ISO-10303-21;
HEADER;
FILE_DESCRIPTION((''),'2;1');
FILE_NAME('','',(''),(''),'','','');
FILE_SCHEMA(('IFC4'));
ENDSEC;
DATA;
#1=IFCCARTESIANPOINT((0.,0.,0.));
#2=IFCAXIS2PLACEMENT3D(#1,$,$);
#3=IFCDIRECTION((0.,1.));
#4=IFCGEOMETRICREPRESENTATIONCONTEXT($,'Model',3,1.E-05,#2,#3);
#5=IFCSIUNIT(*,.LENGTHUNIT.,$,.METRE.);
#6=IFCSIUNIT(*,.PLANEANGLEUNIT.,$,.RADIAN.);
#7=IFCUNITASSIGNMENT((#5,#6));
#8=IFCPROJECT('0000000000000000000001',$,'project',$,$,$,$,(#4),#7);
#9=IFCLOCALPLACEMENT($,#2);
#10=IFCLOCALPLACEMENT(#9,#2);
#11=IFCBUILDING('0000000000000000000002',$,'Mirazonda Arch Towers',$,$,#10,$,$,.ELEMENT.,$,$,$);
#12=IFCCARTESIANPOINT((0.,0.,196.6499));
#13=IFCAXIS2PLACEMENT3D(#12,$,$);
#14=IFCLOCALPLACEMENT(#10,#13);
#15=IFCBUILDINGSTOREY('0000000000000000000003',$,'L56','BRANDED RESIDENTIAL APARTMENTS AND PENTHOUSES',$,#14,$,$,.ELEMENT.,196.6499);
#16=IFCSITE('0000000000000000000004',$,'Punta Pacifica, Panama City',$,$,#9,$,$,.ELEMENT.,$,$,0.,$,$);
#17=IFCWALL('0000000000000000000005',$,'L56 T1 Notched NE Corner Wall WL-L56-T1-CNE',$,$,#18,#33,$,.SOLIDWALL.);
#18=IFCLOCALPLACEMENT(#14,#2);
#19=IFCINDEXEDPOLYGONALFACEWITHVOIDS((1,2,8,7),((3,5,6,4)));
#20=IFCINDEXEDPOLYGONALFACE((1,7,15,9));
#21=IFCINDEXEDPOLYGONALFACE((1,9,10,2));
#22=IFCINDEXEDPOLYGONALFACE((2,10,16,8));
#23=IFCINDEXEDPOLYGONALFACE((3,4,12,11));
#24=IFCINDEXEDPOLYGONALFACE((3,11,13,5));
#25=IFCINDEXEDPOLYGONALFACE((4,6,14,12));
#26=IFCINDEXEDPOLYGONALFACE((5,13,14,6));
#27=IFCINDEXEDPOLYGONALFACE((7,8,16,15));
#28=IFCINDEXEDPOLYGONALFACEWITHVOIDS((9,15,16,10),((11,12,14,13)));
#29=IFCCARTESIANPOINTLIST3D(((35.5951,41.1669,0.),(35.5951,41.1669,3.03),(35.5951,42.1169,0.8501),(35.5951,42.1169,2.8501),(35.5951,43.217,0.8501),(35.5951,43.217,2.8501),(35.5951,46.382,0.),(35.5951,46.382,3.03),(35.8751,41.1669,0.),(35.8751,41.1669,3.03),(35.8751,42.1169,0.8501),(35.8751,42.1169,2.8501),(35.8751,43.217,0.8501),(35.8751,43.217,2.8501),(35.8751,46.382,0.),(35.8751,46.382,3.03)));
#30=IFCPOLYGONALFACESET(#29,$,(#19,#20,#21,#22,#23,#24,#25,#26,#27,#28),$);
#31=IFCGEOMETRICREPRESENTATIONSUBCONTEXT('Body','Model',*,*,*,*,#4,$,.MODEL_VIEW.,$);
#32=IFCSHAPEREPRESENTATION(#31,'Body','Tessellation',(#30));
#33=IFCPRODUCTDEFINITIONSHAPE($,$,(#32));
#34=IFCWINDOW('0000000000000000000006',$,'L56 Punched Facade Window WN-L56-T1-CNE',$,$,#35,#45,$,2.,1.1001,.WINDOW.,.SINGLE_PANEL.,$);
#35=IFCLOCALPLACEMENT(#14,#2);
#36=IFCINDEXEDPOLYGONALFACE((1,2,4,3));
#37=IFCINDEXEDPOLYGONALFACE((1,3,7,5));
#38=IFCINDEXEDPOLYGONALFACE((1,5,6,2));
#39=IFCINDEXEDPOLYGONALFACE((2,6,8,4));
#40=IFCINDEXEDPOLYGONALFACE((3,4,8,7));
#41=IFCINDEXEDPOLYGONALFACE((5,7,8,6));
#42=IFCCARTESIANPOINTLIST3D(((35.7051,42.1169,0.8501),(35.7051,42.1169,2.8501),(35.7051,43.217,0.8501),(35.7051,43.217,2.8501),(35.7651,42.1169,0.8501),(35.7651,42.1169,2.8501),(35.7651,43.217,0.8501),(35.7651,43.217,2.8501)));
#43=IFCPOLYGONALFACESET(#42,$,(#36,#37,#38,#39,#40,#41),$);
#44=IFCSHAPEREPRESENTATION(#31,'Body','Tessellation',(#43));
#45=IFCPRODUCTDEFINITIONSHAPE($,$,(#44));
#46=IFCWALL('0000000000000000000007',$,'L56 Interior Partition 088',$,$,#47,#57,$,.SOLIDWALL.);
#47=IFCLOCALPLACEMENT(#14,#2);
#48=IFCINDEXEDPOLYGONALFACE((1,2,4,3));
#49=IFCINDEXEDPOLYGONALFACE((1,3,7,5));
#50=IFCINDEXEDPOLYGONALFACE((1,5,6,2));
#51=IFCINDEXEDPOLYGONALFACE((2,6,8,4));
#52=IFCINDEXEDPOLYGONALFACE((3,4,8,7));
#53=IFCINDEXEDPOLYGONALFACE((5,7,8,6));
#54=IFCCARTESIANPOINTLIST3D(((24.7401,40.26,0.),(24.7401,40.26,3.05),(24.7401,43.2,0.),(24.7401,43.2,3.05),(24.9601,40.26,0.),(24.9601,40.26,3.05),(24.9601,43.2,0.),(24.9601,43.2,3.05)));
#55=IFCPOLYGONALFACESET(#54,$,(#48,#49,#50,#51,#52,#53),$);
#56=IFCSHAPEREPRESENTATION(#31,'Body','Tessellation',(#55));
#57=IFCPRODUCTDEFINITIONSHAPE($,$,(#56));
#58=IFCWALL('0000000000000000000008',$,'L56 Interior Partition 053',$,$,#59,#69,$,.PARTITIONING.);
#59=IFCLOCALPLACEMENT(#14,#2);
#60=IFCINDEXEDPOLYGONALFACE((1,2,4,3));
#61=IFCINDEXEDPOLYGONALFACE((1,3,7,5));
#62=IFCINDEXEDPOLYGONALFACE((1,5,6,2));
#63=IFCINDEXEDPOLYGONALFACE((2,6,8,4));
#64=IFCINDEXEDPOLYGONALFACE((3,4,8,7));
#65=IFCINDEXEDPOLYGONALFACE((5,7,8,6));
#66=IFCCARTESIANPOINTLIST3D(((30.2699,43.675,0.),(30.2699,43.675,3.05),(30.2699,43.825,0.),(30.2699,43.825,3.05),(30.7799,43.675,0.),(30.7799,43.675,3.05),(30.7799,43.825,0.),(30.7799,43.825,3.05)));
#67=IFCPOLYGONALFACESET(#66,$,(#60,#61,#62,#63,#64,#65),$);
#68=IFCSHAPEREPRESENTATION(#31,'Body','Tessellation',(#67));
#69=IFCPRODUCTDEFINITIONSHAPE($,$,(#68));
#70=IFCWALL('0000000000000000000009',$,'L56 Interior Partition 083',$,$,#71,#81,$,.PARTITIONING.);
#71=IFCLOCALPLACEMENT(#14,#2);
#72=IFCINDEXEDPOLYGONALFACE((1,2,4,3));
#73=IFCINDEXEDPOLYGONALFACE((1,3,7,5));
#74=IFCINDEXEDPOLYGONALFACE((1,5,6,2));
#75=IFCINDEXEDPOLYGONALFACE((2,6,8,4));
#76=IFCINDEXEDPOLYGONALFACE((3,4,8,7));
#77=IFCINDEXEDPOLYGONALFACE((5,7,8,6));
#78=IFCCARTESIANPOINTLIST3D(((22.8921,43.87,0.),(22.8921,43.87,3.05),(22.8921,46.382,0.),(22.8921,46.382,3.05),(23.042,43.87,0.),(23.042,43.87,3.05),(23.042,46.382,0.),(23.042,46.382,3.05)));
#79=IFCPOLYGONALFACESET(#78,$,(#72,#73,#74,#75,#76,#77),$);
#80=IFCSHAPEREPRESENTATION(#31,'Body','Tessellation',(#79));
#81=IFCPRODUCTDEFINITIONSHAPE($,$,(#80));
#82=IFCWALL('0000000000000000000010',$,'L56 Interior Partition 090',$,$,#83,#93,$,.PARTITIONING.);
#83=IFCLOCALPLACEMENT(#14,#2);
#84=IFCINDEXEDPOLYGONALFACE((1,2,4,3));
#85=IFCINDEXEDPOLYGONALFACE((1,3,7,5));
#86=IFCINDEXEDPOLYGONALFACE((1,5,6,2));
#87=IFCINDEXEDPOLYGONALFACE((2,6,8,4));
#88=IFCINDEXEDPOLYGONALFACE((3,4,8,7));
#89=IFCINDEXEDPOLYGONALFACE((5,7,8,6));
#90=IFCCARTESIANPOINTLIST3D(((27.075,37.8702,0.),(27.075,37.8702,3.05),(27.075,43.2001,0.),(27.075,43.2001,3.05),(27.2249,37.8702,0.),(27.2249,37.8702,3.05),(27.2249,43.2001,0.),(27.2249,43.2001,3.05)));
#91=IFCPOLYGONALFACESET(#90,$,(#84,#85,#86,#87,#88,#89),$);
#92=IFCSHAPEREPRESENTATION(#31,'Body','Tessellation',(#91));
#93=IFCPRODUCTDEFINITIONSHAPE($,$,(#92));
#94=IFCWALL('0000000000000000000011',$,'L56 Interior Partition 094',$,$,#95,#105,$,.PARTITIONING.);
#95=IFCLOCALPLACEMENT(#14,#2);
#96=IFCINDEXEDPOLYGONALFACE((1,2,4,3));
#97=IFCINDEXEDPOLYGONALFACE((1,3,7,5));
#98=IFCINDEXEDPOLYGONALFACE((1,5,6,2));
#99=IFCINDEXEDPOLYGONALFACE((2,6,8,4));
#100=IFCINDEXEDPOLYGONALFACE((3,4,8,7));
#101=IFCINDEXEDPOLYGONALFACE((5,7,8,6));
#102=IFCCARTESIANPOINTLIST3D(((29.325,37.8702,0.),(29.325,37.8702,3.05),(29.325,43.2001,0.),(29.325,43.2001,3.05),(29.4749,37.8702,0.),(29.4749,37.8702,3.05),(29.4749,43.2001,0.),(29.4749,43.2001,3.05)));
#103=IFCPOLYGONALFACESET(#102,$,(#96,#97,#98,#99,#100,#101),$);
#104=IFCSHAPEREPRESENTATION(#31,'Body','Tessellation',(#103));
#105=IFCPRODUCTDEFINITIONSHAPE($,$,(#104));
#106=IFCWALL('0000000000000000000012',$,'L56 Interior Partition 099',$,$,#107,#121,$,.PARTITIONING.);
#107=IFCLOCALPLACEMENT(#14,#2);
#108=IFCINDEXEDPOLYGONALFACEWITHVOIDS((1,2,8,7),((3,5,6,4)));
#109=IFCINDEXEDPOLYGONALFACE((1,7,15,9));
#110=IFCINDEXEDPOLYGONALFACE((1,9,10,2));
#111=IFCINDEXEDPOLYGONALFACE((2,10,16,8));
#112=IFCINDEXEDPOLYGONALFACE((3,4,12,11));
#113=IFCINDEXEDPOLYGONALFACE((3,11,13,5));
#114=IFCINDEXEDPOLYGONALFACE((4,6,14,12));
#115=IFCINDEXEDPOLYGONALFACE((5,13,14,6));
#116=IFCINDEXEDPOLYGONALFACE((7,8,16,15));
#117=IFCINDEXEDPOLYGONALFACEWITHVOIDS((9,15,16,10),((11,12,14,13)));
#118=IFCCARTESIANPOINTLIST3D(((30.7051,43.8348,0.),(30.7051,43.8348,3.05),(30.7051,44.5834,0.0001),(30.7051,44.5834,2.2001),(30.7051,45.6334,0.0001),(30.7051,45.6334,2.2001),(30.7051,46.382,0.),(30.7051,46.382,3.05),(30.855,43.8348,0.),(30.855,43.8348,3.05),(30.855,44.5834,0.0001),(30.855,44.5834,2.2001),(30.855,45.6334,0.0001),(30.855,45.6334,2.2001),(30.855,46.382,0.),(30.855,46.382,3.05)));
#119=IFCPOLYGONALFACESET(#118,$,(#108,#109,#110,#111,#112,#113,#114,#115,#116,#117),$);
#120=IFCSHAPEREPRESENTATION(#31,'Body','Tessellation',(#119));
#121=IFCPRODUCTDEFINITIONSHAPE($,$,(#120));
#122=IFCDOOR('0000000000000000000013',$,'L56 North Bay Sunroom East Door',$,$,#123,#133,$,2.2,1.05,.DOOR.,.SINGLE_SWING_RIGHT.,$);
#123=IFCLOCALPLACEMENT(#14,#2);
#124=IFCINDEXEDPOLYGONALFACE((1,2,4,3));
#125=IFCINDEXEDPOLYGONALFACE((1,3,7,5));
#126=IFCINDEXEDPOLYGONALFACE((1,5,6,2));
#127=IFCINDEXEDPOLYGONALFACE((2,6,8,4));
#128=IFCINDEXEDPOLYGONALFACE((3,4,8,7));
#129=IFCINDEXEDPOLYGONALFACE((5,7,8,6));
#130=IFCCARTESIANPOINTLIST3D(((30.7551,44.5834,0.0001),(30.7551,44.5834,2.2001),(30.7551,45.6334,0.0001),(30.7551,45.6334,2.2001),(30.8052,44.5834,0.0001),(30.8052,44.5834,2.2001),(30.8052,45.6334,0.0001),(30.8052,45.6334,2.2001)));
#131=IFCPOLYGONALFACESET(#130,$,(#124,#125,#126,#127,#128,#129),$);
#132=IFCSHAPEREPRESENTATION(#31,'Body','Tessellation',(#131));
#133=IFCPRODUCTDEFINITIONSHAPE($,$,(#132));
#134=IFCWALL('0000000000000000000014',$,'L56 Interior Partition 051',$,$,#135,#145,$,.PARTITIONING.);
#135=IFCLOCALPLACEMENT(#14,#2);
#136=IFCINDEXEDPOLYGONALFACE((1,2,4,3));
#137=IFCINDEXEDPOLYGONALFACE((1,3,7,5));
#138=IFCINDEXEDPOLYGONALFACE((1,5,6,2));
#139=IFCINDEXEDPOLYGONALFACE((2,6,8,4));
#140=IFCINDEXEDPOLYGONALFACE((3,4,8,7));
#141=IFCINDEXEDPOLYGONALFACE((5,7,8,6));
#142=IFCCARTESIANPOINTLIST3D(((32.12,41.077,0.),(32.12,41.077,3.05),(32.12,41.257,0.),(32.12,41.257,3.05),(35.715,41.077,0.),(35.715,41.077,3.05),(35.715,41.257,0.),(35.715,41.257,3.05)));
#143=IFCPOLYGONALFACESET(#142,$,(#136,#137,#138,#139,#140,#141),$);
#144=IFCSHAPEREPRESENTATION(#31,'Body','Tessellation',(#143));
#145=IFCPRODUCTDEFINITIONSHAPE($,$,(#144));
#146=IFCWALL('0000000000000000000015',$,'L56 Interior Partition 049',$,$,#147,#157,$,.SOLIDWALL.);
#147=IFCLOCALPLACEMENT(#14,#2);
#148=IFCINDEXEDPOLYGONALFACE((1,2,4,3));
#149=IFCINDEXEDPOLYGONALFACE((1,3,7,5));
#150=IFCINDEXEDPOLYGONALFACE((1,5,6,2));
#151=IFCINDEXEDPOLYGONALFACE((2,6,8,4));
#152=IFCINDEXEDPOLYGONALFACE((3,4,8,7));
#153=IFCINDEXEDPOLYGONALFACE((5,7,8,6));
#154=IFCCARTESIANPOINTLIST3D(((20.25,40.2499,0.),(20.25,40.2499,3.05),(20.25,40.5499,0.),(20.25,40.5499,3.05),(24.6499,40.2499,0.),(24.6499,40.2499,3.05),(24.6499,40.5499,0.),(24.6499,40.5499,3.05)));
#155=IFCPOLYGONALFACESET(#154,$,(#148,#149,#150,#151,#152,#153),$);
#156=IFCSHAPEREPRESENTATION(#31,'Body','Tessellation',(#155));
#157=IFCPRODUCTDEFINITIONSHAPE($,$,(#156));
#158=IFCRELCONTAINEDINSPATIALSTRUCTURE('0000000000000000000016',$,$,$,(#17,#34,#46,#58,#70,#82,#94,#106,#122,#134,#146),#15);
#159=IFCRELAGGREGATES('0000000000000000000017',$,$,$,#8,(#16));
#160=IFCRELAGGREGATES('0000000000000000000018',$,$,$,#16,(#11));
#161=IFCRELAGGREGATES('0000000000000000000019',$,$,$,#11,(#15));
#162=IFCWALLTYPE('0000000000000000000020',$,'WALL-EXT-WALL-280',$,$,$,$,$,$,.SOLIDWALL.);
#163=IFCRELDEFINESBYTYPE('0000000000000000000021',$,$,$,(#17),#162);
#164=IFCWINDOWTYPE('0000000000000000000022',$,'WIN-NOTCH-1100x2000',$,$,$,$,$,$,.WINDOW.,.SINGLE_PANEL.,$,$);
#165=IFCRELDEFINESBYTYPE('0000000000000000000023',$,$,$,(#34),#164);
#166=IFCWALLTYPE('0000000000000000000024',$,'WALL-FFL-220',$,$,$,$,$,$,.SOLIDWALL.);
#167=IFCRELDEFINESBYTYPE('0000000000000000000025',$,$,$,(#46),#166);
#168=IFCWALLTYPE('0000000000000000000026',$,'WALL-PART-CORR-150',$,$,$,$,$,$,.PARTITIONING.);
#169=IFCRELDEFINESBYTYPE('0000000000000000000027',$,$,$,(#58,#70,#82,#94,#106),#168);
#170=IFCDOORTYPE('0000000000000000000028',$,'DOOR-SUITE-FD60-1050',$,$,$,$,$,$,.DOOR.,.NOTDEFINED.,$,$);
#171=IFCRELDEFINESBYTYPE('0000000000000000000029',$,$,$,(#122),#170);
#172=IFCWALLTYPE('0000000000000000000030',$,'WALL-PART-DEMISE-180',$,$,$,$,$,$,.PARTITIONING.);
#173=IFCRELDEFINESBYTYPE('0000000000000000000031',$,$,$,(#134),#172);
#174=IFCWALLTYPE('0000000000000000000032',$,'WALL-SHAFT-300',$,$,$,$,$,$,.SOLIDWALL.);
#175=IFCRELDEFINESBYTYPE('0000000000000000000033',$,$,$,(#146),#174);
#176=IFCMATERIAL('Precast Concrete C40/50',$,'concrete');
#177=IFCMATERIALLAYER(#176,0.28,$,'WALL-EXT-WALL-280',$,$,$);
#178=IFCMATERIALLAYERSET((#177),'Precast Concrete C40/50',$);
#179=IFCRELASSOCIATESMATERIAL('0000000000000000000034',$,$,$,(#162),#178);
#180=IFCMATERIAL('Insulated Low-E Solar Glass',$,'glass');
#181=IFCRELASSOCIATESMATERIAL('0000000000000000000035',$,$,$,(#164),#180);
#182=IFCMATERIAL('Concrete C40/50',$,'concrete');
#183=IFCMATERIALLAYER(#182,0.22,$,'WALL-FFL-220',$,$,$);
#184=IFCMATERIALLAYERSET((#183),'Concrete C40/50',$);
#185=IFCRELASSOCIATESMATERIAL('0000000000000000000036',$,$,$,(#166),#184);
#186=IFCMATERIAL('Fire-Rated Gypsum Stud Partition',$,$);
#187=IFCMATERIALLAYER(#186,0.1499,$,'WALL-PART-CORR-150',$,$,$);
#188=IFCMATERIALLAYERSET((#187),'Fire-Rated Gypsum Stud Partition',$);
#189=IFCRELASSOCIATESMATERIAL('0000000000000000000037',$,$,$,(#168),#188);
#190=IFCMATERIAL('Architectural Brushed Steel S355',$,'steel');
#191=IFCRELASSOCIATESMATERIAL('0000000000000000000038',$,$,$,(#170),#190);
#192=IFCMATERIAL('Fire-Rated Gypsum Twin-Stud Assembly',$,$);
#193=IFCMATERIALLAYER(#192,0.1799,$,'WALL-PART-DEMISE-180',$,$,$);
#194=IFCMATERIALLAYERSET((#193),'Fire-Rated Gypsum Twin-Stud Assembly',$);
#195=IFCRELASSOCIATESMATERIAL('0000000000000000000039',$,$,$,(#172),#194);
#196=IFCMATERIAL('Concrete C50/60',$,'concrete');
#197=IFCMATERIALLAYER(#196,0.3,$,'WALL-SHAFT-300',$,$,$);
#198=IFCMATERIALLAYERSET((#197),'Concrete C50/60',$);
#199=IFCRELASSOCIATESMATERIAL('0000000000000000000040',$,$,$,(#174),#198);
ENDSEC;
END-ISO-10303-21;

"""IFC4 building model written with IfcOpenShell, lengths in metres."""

from ifc_helpers import new_model, si_unit, direction, frame, frame_2d, origin, place, context, subcontext, project, spatial, rectangle, extrude, material, layer, layer_set, type_object, element, fill, save


model = new_model("IFC4")

# Units and contexts
model_context = context("Model", 3, precision=1e-05, world=origin(), true_north=direction((0.0, 1.0)))
body_context = subcontext(model_context, "Body", "Model", "MODEL_VIEW")
ifc_project = project(units=[si_unit("LENGTHUNIT", "METRE"), si_unit("PLANEANGLEUNIT", "RADIAN")], contexts=[model_context])

# Site, building, storey
site_placement = place(None, origin())
site = spatial("IfcSite", under=ifc_project, at=site_placement, Name="Punta Pacifica, Panama City", CompositionType="ELEMENT", RefElevation=0.0)
building_placement = place(site_placement, origin())
building = spatial("IfcBuilding", under=site, at=building_placement, Name="Mirazonda Arch Towers", CompositionType="ELEMENT")
storey_placement = place(building_placement, frame((0.0, 0.0, 196.6499)))
storey = spatial("IfcBuildingStorey", under=building, at=storey_placement, Name="L56", Description="BRANDED RESIDENTIAL APARTMENTS AND PENTHOUSES", CompositionType="ELEMENT", Elevation=196.6499)

# Shared definitions
ifc_material_1 = material(Name="Concrete C50/60", Category="concrete")

# Shared definitions
ifc_material_2 = material(Name="Insulated Low-E Solar Glass", Category="glass")

# Wall, opening, window
ifc_material_3 = material(Name="Precast Concrete C40/50", Category="concrete")
ifc_layer_1 = layer(ifc_material_3, 0.28, Name="WALL-EXT-WALL-280")
ifc_layer_set_1 = layer_set([ifc_layer_1], Name="Precast Concrete C40/50")
wall_type_1 = type_object("IfcWallType", Name="WALL-EXT-WALL-280", PredefinedType="SOLIDWALL", material=ifc_layer_set_1)
wall_1_placement = place(storey_placement, frame((35.7351, 41.167, 0.0), z_axis=(0.0, 0.0, 1.0), x_axis=(0.0, 1.0, 0.0)))
wall_1 = element("IfcWall", 1, at=wall_1_placement, inside=storey, type_object=wall_type_1, Name="L56 T1 Notched NE Corner Wall WL-L56-T1-CNE", PredefinedType="SOLIDWALL", context=body_context, shape_type="SweptSolid", body=[
    extrude(rectangle(XDim=5.2151, YDim=0.28, at=frame_2d((2.6074, 0.0))), origin(), (0.0, 0.0, 1.0), 3.03),
])
opening_1_placement = place(wall_1_placement, frame((0.95, 0.0, 0.8501)))
opening_1 = element("IfcOpeningElement", 2, at=opening_1_placement, cuts=wall_1, PredefinedType="OPENING", context=body_context, shape_type="SweptSolid", body=[
    extrude(rectangle(XDim=1.1001, YDim=2.0, at=frame_2d((0.55, 1.0))), frame((0.0, 0.1499, 0.0), z_axis=(0.0, -1.0, 0.0), x_axis=(1.0, 0.0, 0.0)), (0.0, 0.0, 1.0), 0.3),
])
window_type = type_object("IfcWindowType", Name="WIN-NOTCH-1100x2000", PartitioningType="SINGLE_PANEL", PredefinedType="WINDOW", material=ifc_material_2)
window_placement = place(opening_1_placement, origin())
window = element("IfcWindow", 3, at=window_placement, inside=storey, type_object=window_type, Name="L56 Punched Facade Window WN-L56-T1-CNE", OverallHeight=2.0, OverallWidth=1.1001, PartitioningType="SINGLE_PANEL", PredefinedType="WINDOW", context=body_context, shape_type="SweptSolid", body=[
    extrude(rectangle(XDim=1.1001, YDim=2.0, at=frame_2d((0.55, 1.0))), frame((0.0, 0.03, 0.0), z_axis=(0.0, -1.0, 0.0), x_axis=(1.0, 0.0, 0.0)), (0.0, 0.0, 1.0), 0.0601),
])
fill(opening_1, window)

# Walls
ifc_material_4 = material(Name="Concrete C40/50", Category="concrete")
ifc_layer_2 = layer(ifc_material_4, 0.22, Name="WALL-FFL-220")
ifc_layer_set_2 = layer_set([ifc_layer_2], Name="Concrete C40/50")
wall_type_2 = type_object("IfcWallType", Name="WALL-FFL-220", PredefinedType="SOLIDWALL", material=ifc_layer_set_2)
wall_2_placement = place(storey_placement, frame((24.8501, 40.26, 0.0), z_axis=(0.0, 0.0, 1.0), x_axis=(0.0, 1.0, 0.0)))
element("IfcWall", 4, at=wall_2_placement, inside=storey, type_object=wall_type_2, Name="L56 Interior Partition 088", PredefinedType="SOLIDWALL", context=body_context, shape_type="SweptSolid", body=[
    extrude(rectangle(XDim=2.9399, YDim=0.22, at=frame_2d((1.47, 0.0))), origin(), (0.0, 0.0, 1.0), 3.05),
])
ifc_material_5 = material(Name="Fire-Rated Gypsum Stud Partition")
ifc_layer_3 = layer(ifc_material_5, 0.1499, Name="WALL-PART-CORR-150")
ifc_layer_set_3 = layer_set([ifc_layer_3], Name="Fire-Rated Gypsum Stud Partition")
wall_type_3 = type_object("IfcWallType", Name="WALL-PART-CORR-150", PredefinedType="PARTITIONING", material=ifc_layer_set_3)
wall_3_placement = place(storey_placement, frame((30.27, 43.75, 0.0), z_axis=(0.0, 0.0, 1.0), x_axis=(1.0, 0.0, 0.0)))
element("IfcWall", 5, at=wall_3_placement, inside=storey, type_object=wall_type_3, Name="L56 Interior Partition 053", PredefinedType="PARTITIONING", context=body_context, shape_type="SweptSolid", body=[
    extrude(rectangle(XDim=0.51, YDim=0.1499, at=frame_2d((0.2549, 0.0))), origin(), (0.0, 0.0, 1.0), 3.05),
])
wall_4_placement = place(storey_placement, frame((22.967, 43.8701, 0.0), z_axis=(0.0, 0.0, 1.0), x_axis=(0.0, 1.0, 0.0)))
element("IfcWall", 6, at=wall_4_placement, inside=storey, type_object=wall_type_3, Name="L56 Interior Partition 083", PredefinedType="PARTITIONING", context=body_context, shape_type="SweptSolid", body=[
    extrude(rectangle(XDim=2.512, YDim=0.1499, at=frame_2d((1.2559, 0.0))), origin(), (0.0, 0.0, 1.0), 3.05),
])
for number, where, z_axis, x_axis, name in (
    (7, (27.1499, 37.8701, 0.0), (0.0, 0.0, 1.0), (0.0, 1.0, 0.0), "L56 Interior Partition 090"),
    (8, (29.3999, 37.8701, 0.0), (0.0, 0.0, 1.0), (0.0, 1.0, 0.0), "L56 Interior Partition 094"),
):
    element("IfcWall", number, at=place(storey_placement, frame(where, z_axis=z_axis, x_axis=x_axis)), inside=storey, type_object=wall_type_3, Name=name, PredefinedType="PARTITIONING", context=body_context, shape_type="SweptSolid", body=[
        extrude(rectangle(XDim=5.3298, YDim=0.1499, at=frame_2d((2.665, 0.0))), origin(), (0.0, 0.0, 1.0), 3.05),
    ])

# Wall, opening, door
wall_5_placement = place(storey_placement, frame((30.78, 43.835, 0.0), z_axis=(0.0, 0.0, 1.0), x_axis=(0.0, 1.0, 0.0)))
wall_5 = element("IfcWall", 9, at=wall_5_placement, inside=storey, type_object=wall_type_3, Name="L56 Interior Partition 099", PredefinedType="PARTITIONING", context=body_context, shape_type="SweptSolid", body=[
    extrude(rectangle(XDim=2.5471, YDim=0.1499, at=frame_2d((1.2734, 0.0))), origin(), (0.0, 0.0, 1.0), 3.05),
])
opening_2_placement = place(wall_5_placement, frame((0.7485, 0.0, 0.0)))
opening_2 = element("IfcOpeningElement", 10, at=opening_2_placement, cuts=wall_5, PredefinedType="OPENING", context=body_context, shape_type="SweptSolid", body=[
    extrude(rectangle(XDim=1.05, YDim=2.2, at=frame_2d((0.5249, 1.1001))), frame((0.0, 0.085, 0.0), z_axis=(0.0, -1.0, 0.0), x_axis=(1.0, 0.0, 0.0)), (0.0, 0.0, 1.0), 0.1699),
])
ifc_material_6 = material(Name="Architectural Brushed Steel S355", Category="steel")
door_type_1 = type_object("IfcDoorType", Name="DOOR-SUITE-FD60-1050", OperationType="NOTDEFINED", PredefinedType="DOOR", material=ifc_material_6)
door_1_placement = place(opening_2_placement, origin())
door_1 = element("IfcDoor", 11, at=door_1_placement, inside=storey, type_object=door_type_1, Name="L56 North Bay Sunroom East Door", OperationType="SINGLE_SWING_RIGHT", OverallHeight=2.2, OverallWidth=1.05, PredefinedType="DOOR", context=body_context, shape_type="SweptSolid", body=[
    extrude(rectangle(XDim=1.05, YDim=2.2, at=frame_2d((0.5249, 1.1001))), frame((0.0, 0.0249, 0.0), z_axis=(0.0, -1.0, 0.0), x_axis=(1.0, 0.0, 0.0)), (0.0, 0.0, 1.0), 0.05),
])
fill(opening_2, door_1)

# Wall
ifc_material_7 = material(Name="Fire-Rated Gypsum Twin-Stud Assembly")
ifc_layer_4 = layer(ifc_material_7, 0.1799, Name="WALL-PART-DEMISE-180")
ifc_layer_set_4 = layer_set([ifc_layer_4], Name="Fire-Rated Gypsum Twin-Stud Assembly")
wall_type_4 = type_object("IfcWallType", Name="WALL-PART-DEMISE-180", PredefinedType="PARTITIONING", material=ifc_layer_set_4)
wall_6_placement = place(storey_placement, frame((32.1201, 41.167, 0.0), z_axis=(0.0, 0.0, 1.0), x_axis=(1.0, 0.0, 0.0)))
element("IfcWall", 12, at=wall_6_placement, inside=storey, type_object=wall_type_4, Name="L56 Interior Partition 051", PredefinedType="PARTITIONING", context=body_context, shape_type="SweptSolid", body=[
    extrude(rectangle(XDim=3.595, YDim=0.1799, at=frame_2d((1.7974, 0.0))), origin(), (0.0, 0.0, 1.0), 3.05),
])

# Wall
ifc_layer_5 = layer(ifc_material_1, 0.3, Name="WALL-SHAFT-300")
ifc_layer_set_5 = layer_set([ifc_layer_5], Name="Concrete C50/60")
wall_type_5 = type_object("IfcWallType", Name="WALL-SHAFT-300", PredefinedType="SOLIDWALL", material=ifc_layer_set_5)
wall_7_placement = place(storey_placement, frame((20.25, 40.3999, 0.0), z_axis=(0.0, 0.0, 1.0), x_axis=(1.0, 0.0, 0.0)))
element("IfcWall", 13, at=wall_7_placement, inside=storey, type_object=wall_type_5, Name="L56 Interior Partition 049", PredefinedType="SOLIDWALL", context=body_context, shape_type="SweptSolid", body=[
    extrude(rectangle(XDim=4.3999, YDim=0.3, at=frame_2d((2.2, 0.0))), origin(), (0.0, 0.0, 1.0), 3.05),
])

save(model, "model.ifc")
